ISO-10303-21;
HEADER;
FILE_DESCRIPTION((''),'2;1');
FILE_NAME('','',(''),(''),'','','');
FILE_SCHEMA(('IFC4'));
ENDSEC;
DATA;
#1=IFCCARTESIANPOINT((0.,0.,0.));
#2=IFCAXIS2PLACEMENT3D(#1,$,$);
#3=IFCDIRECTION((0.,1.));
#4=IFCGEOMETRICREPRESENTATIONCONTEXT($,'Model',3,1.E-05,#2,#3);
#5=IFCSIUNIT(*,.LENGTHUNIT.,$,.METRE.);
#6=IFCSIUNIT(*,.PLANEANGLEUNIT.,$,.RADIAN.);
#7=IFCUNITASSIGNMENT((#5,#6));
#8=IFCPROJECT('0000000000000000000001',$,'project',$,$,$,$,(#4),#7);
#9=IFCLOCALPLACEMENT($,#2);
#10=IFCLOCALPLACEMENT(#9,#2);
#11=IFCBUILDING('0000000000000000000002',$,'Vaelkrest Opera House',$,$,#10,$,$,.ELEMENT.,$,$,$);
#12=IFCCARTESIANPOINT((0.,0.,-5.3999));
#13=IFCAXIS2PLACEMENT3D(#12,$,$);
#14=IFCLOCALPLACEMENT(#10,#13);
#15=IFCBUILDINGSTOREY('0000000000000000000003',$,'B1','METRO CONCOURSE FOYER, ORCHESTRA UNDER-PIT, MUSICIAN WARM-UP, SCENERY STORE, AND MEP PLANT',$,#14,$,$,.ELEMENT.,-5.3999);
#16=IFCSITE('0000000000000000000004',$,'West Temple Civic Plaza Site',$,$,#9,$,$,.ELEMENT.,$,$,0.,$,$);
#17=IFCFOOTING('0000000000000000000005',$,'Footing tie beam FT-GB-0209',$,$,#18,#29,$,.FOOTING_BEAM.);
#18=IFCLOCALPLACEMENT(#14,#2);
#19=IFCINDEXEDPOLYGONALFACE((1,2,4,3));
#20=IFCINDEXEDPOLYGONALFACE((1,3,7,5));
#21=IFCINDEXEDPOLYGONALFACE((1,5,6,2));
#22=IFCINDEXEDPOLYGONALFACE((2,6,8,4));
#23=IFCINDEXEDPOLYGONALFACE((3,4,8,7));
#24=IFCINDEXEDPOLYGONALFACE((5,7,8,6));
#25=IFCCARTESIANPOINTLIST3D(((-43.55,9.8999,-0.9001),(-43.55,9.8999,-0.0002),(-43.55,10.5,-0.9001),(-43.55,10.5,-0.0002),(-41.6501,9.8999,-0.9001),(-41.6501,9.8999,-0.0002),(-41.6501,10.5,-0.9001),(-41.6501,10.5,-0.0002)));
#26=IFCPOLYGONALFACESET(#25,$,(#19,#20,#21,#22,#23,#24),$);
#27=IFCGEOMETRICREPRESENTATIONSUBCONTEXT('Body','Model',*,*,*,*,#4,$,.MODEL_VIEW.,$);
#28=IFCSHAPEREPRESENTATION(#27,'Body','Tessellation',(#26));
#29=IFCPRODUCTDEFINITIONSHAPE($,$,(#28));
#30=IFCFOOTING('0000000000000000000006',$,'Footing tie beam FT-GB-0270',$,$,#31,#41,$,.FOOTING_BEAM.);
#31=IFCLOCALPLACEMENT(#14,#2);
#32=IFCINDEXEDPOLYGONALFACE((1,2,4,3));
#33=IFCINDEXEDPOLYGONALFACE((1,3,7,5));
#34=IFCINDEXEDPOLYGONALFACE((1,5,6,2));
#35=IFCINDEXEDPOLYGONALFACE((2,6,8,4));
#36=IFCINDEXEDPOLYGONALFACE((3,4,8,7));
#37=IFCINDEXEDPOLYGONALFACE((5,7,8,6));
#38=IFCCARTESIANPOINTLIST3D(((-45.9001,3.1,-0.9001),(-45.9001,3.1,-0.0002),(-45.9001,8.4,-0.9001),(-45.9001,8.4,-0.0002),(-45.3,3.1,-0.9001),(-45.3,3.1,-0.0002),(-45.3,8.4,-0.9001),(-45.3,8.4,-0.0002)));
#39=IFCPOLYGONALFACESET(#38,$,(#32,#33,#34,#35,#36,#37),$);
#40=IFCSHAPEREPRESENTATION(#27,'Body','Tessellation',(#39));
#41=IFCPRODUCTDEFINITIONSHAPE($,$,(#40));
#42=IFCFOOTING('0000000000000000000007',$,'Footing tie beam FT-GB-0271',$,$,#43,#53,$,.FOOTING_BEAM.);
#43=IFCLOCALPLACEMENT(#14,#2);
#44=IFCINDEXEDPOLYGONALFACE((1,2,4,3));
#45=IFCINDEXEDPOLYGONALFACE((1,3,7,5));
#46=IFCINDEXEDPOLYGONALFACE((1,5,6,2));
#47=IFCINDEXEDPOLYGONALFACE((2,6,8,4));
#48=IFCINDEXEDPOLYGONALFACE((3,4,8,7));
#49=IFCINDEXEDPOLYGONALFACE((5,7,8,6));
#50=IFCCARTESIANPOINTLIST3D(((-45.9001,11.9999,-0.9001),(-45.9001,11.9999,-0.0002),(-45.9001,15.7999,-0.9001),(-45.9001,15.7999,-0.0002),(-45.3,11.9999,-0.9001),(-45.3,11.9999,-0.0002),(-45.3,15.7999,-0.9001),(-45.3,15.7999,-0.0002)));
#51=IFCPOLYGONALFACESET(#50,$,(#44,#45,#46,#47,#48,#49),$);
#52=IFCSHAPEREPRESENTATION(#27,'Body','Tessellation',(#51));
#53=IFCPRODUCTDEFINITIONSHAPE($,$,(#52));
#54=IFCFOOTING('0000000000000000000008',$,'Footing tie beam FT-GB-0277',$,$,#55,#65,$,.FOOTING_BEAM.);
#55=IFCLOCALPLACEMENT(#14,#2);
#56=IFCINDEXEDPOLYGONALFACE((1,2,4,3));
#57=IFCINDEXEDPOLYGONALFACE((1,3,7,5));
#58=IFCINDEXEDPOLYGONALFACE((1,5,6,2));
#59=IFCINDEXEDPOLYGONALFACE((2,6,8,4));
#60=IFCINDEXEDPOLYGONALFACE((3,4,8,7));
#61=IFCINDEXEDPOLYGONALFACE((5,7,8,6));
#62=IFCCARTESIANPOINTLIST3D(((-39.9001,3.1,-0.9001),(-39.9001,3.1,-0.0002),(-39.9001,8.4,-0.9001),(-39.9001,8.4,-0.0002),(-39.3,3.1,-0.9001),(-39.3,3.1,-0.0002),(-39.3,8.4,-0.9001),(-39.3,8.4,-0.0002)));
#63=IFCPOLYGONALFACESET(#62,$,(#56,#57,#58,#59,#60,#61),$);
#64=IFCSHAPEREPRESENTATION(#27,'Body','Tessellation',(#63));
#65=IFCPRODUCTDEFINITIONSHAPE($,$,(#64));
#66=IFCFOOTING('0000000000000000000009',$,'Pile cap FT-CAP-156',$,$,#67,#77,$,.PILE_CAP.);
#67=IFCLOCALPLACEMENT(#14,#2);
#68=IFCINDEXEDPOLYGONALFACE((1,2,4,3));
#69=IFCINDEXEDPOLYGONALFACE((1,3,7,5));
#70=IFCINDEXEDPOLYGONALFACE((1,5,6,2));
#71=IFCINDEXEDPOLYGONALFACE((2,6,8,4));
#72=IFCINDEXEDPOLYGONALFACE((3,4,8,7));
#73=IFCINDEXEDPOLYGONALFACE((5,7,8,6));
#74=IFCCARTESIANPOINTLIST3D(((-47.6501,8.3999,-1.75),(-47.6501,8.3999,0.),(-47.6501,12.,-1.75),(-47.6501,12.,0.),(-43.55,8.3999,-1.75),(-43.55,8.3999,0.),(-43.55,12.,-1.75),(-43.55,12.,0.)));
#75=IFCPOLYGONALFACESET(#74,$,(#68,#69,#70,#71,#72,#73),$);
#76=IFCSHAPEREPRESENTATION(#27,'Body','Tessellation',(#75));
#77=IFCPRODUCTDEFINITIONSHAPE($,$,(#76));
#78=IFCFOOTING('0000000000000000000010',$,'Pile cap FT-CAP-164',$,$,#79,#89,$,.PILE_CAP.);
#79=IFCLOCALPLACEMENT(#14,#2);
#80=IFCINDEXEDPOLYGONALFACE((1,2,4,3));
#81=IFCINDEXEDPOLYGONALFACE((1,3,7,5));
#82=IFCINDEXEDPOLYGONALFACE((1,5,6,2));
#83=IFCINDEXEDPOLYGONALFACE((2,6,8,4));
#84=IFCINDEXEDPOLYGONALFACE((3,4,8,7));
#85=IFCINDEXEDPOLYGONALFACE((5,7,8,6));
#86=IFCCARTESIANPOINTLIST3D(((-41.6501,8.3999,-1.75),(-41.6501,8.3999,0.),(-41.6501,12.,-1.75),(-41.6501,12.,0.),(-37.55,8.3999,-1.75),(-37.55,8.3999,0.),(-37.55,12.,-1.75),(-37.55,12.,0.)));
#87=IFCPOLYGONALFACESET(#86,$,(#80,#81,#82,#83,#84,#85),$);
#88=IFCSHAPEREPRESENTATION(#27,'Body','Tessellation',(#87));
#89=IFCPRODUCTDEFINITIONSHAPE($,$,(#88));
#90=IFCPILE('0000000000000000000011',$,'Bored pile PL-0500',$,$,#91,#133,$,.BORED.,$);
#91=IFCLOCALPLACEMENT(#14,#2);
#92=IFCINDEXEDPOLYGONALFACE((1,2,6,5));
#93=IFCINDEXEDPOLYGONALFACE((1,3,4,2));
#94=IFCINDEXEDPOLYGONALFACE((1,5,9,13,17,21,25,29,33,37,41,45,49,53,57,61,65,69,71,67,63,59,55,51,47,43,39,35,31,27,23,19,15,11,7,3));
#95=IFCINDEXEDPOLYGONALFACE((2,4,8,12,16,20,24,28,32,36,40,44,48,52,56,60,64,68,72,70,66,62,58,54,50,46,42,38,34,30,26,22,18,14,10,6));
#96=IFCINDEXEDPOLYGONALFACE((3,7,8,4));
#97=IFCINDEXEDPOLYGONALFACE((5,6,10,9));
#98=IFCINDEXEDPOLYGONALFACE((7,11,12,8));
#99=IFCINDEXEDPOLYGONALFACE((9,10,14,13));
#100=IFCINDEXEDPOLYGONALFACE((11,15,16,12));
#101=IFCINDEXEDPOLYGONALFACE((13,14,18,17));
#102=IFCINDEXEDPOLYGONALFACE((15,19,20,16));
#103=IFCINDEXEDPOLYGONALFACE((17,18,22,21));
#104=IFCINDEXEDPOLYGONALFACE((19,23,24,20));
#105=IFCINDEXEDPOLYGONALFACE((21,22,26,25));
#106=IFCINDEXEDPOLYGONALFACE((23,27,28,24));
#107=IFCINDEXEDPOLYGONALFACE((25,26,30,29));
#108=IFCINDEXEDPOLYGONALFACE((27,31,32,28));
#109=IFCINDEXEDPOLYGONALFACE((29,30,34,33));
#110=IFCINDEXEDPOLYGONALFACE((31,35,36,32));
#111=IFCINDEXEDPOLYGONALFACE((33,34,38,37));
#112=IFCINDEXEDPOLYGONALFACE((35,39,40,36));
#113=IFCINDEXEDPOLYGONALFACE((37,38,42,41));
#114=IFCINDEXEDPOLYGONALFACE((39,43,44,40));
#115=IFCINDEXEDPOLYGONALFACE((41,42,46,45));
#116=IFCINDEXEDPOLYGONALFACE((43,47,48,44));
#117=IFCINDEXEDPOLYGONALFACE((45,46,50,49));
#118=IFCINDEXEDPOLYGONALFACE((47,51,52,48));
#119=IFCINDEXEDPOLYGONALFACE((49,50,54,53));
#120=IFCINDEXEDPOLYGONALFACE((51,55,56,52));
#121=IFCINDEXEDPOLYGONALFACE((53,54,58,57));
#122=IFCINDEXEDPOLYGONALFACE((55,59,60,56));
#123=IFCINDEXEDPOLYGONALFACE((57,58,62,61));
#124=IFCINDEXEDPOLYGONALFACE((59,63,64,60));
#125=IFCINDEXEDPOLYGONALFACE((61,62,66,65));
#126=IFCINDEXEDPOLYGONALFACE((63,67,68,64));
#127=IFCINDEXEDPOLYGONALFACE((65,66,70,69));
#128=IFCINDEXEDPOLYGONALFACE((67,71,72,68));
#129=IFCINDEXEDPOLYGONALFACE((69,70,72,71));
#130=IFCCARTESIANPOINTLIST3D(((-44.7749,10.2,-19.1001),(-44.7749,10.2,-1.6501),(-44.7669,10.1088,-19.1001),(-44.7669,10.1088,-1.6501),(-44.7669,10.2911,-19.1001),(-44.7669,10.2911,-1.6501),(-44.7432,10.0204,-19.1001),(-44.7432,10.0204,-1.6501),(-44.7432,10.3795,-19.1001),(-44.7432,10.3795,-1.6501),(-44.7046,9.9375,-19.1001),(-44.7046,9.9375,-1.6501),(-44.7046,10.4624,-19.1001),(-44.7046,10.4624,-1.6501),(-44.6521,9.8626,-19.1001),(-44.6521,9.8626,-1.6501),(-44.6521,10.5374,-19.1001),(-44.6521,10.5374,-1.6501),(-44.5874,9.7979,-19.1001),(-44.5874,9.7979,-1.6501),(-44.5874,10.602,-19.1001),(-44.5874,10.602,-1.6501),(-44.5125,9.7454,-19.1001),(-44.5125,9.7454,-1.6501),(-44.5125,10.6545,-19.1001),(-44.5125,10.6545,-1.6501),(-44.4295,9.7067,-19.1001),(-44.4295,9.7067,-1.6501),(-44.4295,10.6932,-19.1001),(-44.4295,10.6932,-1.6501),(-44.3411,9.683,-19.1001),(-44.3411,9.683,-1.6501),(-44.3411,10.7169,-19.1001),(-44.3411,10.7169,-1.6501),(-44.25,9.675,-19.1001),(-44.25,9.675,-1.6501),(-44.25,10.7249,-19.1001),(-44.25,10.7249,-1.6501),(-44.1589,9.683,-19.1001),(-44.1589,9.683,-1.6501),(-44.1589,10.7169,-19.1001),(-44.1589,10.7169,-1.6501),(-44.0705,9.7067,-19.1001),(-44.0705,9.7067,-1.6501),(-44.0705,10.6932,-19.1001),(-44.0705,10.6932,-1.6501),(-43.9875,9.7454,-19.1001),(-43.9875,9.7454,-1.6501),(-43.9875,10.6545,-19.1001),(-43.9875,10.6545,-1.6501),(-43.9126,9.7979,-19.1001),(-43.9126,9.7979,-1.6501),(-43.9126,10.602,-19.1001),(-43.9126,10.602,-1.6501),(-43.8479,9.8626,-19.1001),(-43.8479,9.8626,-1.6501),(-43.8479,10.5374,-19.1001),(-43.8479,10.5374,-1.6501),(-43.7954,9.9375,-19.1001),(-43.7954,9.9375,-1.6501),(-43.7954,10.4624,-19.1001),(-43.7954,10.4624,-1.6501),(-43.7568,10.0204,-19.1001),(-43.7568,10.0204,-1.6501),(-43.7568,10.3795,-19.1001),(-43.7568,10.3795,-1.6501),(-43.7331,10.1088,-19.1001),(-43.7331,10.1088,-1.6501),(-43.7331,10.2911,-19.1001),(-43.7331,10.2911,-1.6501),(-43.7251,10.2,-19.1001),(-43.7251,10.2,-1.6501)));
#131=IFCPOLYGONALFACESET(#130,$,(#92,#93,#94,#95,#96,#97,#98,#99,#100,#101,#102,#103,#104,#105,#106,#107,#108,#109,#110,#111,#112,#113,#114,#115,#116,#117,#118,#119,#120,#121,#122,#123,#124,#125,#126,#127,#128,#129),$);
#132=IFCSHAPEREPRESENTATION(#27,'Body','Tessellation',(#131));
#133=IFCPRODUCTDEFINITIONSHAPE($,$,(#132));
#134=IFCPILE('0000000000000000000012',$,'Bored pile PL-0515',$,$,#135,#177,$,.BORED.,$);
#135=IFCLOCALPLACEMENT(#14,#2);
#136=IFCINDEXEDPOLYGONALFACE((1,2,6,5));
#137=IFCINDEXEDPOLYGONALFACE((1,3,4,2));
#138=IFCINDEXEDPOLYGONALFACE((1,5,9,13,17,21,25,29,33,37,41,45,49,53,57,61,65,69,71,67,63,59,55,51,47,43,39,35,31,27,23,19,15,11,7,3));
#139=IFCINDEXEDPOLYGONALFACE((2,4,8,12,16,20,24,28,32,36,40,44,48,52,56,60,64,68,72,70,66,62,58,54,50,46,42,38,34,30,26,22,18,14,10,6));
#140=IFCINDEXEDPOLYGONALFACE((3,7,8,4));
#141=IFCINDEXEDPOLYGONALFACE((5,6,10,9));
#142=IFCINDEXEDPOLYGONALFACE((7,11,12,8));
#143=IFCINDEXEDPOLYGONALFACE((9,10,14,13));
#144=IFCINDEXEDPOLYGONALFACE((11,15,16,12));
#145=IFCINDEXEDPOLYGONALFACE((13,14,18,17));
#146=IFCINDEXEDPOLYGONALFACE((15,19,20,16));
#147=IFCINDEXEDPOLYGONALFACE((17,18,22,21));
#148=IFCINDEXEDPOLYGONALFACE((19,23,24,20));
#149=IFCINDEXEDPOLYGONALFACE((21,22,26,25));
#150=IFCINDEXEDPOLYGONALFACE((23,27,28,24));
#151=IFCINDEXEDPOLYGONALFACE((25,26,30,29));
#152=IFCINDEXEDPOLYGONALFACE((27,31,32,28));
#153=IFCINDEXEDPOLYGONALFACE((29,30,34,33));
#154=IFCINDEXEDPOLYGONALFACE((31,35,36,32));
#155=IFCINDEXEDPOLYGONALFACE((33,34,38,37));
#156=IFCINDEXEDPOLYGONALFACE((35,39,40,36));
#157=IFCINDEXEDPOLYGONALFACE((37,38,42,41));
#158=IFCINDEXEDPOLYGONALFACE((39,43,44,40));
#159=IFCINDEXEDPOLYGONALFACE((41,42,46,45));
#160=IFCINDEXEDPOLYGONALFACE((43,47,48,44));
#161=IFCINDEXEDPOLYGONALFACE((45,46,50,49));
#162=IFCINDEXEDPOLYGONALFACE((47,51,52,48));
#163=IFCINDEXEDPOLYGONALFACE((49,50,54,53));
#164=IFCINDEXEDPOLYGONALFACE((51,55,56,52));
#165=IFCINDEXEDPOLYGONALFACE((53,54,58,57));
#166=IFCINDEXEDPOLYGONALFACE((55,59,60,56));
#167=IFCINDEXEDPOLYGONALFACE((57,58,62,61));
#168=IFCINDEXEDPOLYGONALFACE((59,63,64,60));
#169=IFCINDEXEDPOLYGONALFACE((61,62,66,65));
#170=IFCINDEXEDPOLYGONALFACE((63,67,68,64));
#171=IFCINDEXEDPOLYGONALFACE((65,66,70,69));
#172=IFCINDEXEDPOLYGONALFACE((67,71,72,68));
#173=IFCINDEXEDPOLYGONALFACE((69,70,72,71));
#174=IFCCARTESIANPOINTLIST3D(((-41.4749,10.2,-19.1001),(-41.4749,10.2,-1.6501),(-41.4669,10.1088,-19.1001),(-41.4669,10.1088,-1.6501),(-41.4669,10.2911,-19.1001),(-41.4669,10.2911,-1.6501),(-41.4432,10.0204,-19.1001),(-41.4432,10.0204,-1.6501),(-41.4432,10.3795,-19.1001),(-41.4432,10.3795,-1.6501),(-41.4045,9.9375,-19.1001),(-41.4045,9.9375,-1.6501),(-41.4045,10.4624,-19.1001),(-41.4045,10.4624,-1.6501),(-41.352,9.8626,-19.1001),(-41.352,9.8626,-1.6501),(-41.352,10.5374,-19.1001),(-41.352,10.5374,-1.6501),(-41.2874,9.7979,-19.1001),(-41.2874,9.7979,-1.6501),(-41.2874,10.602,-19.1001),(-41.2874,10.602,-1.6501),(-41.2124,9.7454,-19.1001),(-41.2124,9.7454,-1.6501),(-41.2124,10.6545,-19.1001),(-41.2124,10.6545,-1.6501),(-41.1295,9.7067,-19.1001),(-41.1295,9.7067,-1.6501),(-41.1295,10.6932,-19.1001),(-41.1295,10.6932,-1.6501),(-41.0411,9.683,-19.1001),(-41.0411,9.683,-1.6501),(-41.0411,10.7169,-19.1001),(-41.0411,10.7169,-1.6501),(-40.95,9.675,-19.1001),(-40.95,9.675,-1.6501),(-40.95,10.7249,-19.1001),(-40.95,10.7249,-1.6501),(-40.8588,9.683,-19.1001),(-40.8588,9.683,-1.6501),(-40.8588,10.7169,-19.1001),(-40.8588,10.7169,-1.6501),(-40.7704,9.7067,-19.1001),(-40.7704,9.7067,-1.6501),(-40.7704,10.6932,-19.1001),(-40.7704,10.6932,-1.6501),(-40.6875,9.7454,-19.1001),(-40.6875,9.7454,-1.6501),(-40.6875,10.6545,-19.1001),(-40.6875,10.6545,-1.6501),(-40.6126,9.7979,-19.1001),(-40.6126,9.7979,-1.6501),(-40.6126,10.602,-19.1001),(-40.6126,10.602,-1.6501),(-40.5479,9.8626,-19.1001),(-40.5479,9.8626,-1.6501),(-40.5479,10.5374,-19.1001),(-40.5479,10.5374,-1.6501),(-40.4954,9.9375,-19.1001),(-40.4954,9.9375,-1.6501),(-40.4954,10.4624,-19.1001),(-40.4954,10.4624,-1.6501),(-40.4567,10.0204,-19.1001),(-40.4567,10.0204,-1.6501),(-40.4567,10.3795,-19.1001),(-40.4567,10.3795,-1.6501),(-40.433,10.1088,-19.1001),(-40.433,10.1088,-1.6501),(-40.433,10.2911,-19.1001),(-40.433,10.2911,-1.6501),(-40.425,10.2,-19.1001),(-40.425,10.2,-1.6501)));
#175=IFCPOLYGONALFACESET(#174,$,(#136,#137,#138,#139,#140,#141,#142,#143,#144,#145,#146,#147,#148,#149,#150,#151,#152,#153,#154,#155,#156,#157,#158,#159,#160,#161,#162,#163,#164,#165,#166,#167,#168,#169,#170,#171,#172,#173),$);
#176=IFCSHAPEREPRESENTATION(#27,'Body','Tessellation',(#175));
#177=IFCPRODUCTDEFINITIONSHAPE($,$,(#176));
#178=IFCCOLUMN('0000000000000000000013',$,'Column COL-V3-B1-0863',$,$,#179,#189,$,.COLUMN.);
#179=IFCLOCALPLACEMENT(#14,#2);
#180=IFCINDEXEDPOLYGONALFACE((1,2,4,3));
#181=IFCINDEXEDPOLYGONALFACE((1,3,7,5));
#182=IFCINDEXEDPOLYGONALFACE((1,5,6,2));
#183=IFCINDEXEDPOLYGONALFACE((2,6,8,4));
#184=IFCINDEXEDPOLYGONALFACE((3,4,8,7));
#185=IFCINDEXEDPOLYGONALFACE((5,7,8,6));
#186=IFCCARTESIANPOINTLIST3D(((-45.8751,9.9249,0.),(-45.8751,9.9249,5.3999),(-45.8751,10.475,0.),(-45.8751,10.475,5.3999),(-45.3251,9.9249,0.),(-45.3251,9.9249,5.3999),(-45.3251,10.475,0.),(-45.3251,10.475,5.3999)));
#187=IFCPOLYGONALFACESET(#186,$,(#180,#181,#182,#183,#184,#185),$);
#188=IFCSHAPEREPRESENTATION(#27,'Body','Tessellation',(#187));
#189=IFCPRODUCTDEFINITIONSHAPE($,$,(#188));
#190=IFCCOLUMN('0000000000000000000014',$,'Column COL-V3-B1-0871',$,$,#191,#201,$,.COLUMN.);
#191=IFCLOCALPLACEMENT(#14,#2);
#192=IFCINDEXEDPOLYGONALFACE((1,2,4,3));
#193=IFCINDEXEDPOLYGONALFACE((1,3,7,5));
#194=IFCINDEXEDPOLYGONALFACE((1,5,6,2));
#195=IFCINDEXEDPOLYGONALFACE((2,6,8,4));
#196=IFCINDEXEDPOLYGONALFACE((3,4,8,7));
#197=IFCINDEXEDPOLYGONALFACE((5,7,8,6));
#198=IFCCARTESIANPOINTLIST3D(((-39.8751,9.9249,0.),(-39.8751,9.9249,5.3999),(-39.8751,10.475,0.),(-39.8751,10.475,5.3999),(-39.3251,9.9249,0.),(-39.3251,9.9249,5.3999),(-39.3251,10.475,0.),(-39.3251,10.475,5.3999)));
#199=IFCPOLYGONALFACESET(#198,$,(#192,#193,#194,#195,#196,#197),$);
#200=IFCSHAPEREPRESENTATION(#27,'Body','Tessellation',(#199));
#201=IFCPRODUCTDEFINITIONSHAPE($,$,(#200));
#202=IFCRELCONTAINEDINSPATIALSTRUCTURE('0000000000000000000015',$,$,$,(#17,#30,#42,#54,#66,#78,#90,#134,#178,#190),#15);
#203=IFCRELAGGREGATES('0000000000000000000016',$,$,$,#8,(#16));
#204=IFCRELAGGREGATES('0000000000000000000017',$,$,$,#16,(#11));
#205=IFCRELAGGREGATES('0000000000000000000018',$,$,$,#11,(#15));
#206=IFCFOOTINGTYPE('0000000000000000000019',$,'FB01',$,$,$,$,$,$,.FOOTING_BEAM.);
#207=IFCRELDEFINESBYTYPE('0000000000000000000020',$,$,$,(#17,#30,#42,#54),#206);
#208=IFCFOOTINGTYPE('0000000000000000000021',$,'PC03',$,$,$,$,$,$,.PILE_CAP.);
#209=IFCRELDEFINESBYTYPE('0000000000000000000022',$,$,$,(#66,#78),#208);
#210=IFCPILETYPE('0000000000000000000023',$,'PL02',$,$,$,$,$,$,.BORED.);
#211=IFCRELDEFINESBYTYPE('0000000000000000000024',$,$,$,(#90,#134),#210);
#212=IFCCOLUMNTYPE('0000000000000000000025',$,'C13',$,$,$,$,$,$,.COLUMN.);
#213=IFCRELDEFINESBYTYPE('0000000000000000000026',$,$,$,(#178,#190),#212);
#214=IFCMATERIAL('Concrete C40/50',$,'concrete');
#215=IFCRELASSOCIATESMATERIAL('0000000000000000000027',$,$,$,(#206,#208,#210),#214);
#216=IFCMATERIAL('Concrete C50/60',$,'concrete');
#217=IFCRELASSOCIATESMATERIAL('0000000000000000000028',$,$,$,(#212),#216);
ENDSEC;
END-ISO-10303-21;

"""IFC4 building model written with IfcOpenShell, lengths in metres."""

from ifc_helpers import new_model, si_unit, direction, frame, origin, origin_2d, place, context, subcontext, project, spatial, rectangle, circle, extrude, material, material_profile, profile_set, type_object, element, save


model = new_model("IFC4")

# Units and contexts
model_context = context("Model", 3, precision=1e-05, world=origin(), true_north=direction((0.0, 1.0)))
body_context = subcontext(model_context, "Body", "Model", "MODEL_VIEW")
ifc_project = project(units=[si_unit("LENGTHUNIT", "METRE"), si_unit("PLANEANGLEUNIT", "RADIAN")], contexts=[model_context])

# Site, building, storey
site_placement = place(None, origin())
site = spatial("IfcSite", under=ifc_project, at=site_placement, Name="West Temple Civic Plaza Site", CompositionType="ELEMENT", RefElevation=0.0)
building_placement = place(site_placement, origin())
building = spatial("IfcBuilding", under=site, at=building_placement, Name="Vaelkrest Opera House", CompositionType="ELEMENT")
storey_placement = place(building_placement, frame((0.0, 0.0, -5.3999)))
storey = spatial("IfcBuildingStorey", under=building, at=storey_placement, Name="B1", Description="METRO CONCOURSE FOYER, ORCHESTRA UNDER-PIT, MUSICIAN WARM-UP, SCENERY STORE, AND MEP PLANT", CompositionType="ELEMENT", Elevation=-5.3999)

# Footings
ifc_material_1 = material(Name="Concrete C40/50", Category="concrete")
footing_type_1 = type_object("IfcFootingType", Name="FB01", PredefinedType="FOOTING_BEAM", material=ifc_material_1)
footing_1_placement = place(storey_placement, frame((-42.6001, 10.2, -0.9001), z_axis=(0.0, 0.0, 1.0), x_axis=(1.0, 0.0, 0.0)))
element("IfcFooting", 1, at=footing_1_placement, inside=storey, type_object=footing_type_1, Name="Footing tie beam FT-GB-0209", PredefinedType="FOOTING_BEAM", context=body_context, shape_type="SweptSolid", body=[
    extrude(rectangle(XDim=1.8999, YDim=0.6001, at=origin_2d()), origin(), (0.0, 0.0, 1.0), 0.8999),
])
footing_2_placement = place(storey_placement, frame((-45.6001, 5.75, -0.9001), z_axis=(0.0, 0.0, 1.0), x_axis=(0.0, 1.0, 0.0)))
element("IfcFooting", 2, at=footing_2_placement, inside=storey, type_object=footing_type_1, Name="Footing tie beam FT-GB-0270", PredefinedType="FOOTING_BEAM", context=body_context, shape_type="SweptSolid", body=[
    extrude(rectangle(XDim=5.3, YDim=0.6001, at=origin_2d()), origin(), (0.0, 0.0, 1.0), 0.8999),
])
footing_3_placement = place(storey_placement, frame((-45.6001, 13.8999, -0.9001), z_axis=(0.0, 0.0, 1.0), x_axis=(0.0, 1.0, 0.0)))
element("IfcFooting", 3, at=footing_3_placement, inside=storey, type_object=footing_type_1, Name="Footing tie beam FT-GB-0271", PredefinedType="FOOTING_BEAM", context=body_context, shape_type="SweptSolid", body=[
    extrude(rectangle(XDim=3.8, YDim=0.6001, at=origin_2d()), origin(), (0.0, 0.0, 1.0), 0.8999),
])
footing_4_placement = place(storey_placement, frame((-39.6001, 5.75, -0.9001), z_axis=(0.0, 0.0, 1.0), x_axis=(0.0, 1.0, 0.0)))
element("IfcFooting", 4, at=footing_4_placement, inside=storey, type_object=footing_type_1, Name="Footing tie beam FT-GB-0277", PredefinedType="FOOTING_BEAM", context=body_context, shape_type="SweptSolid", body=[
    extrude(rectangle(XDim=5.3, YDim=0.6001, at=origin_2d()), origin(), (0.0, 0.0, 1.0), 0.8999),
])
footing_type_2 = type_object("IfcFootingType", Name="PC03", PredefinedType="PILE_CAP", material=ifc_material_1)
for number, where, z_axis, x_axis, name in (
    (5, (-45.6001, 10.2, -1.75), (0.0, 0.0, 1.0), (1.0, 0.0, 0.0), "Pile cap FT-CAP-156"),
    (6, (-39.6001, 10.2, -1.75), (0.0, 0.0, 1.0), (1.0, 0.0, 0.0), "Pile cap FT-CAP-164"),
):
    element("IfcFooting", number, at=place(storey_placement, frame(where, z_axis=z_axis, x_axis=x_axis)), inside=storey, type_object=footing_type_2, Name=name, PredefinedType="PILE_CAP", context=body_context, shape_type="SweptSolid", body=[
        extrude(rectangle(XDim=4.1001, YDim=3.6001, at=origin_2d()), origin(), (0.0, 0.0, 1.0), 1.75),
    ])

# Piles
ifc_material_profile_1 = material_profile(ifc_material_1, circle(Radius=0.5249, at=origin_2d()), Name="PILE1050")
ifc_profile_set_1 = profile_set([ifc_material_profile_1], Name="Concrete C40/50")
pile_type = type_object("IfcPileType", Name="PL02", PredefinedType="BORED", material=ifc_profile_set_1)
for number, where, z_axis, x_axis, name in (
    (7, (-44.25, 10.2, -1.6501), (0.0, 0.0, -1.0), (1.0, 0.0, 0.0), "Bored pile PL-0500"),
    (8, (-40.95, 10.2, -1.6501), (0.0, 0.0, -1.0), (1.0, 0.0, 0.0), "Bored pile PL-0515"),
):
    element("IfcPile", number, at=place(storey_placement, frame(where, z_axis=z_axis, x_axis=x_axis)), inside=storey, type_object=pile_type, Name=name, PredefinedType="BORED", context=body_context, shape_type="SweptSolid", body=[
        extrude(circle(Radius=0.5249, at=origin_2d()), origin(), (0.0, 0.0, 1.0), 17.45),
    ])

# Columns
ifc_material_2 = material(Name="Concrete C50/60", Category="concrete")
ifc_material_profile_2 = material_profile(ifc_material_2, rectangle(XDim=0.55, YDim=0.55, at=origin_2d()), Name="RC550X550")
ifc_profile_set_2 = profile_set([ifc_material_profile_2], Name="Concrete C50/60")
column_type = type_object("IfcColumnType", Name="C13", PredefinedType="COLUMN", material=ifc_profile_set_2)
for number, where, z_axis, x_axis, name in (
    (9, (-45.6001, 10.2, 0.0), (0.0, 0.0, 1.0), (1.0, 0.0, 0.0), "Column COL-V3-B1-0863"),
    (10, (-39.6001, 10.2, 0.0), (0.0, 0.0, 1.0), (1.0, 0.0, 0.0), "Column COL-V3-B1-0871"),
):
    element("IfcColumn", number, at=place(storey_placement, frame(where, z_axis=z_axis, x_axis=x_axis)), inside=storey, type_object=column_type, Name=name, PredefinedType="COLUMN", context=body_context, shape_type="SweptSolid", body=[
        extrude(rectangle(XDim=0.55, YDim=0.55, at=origin_2d()), origin(), (0.0, 0.0, 1.0), 5.3999),
    ])

save(model, "model.ifc")
